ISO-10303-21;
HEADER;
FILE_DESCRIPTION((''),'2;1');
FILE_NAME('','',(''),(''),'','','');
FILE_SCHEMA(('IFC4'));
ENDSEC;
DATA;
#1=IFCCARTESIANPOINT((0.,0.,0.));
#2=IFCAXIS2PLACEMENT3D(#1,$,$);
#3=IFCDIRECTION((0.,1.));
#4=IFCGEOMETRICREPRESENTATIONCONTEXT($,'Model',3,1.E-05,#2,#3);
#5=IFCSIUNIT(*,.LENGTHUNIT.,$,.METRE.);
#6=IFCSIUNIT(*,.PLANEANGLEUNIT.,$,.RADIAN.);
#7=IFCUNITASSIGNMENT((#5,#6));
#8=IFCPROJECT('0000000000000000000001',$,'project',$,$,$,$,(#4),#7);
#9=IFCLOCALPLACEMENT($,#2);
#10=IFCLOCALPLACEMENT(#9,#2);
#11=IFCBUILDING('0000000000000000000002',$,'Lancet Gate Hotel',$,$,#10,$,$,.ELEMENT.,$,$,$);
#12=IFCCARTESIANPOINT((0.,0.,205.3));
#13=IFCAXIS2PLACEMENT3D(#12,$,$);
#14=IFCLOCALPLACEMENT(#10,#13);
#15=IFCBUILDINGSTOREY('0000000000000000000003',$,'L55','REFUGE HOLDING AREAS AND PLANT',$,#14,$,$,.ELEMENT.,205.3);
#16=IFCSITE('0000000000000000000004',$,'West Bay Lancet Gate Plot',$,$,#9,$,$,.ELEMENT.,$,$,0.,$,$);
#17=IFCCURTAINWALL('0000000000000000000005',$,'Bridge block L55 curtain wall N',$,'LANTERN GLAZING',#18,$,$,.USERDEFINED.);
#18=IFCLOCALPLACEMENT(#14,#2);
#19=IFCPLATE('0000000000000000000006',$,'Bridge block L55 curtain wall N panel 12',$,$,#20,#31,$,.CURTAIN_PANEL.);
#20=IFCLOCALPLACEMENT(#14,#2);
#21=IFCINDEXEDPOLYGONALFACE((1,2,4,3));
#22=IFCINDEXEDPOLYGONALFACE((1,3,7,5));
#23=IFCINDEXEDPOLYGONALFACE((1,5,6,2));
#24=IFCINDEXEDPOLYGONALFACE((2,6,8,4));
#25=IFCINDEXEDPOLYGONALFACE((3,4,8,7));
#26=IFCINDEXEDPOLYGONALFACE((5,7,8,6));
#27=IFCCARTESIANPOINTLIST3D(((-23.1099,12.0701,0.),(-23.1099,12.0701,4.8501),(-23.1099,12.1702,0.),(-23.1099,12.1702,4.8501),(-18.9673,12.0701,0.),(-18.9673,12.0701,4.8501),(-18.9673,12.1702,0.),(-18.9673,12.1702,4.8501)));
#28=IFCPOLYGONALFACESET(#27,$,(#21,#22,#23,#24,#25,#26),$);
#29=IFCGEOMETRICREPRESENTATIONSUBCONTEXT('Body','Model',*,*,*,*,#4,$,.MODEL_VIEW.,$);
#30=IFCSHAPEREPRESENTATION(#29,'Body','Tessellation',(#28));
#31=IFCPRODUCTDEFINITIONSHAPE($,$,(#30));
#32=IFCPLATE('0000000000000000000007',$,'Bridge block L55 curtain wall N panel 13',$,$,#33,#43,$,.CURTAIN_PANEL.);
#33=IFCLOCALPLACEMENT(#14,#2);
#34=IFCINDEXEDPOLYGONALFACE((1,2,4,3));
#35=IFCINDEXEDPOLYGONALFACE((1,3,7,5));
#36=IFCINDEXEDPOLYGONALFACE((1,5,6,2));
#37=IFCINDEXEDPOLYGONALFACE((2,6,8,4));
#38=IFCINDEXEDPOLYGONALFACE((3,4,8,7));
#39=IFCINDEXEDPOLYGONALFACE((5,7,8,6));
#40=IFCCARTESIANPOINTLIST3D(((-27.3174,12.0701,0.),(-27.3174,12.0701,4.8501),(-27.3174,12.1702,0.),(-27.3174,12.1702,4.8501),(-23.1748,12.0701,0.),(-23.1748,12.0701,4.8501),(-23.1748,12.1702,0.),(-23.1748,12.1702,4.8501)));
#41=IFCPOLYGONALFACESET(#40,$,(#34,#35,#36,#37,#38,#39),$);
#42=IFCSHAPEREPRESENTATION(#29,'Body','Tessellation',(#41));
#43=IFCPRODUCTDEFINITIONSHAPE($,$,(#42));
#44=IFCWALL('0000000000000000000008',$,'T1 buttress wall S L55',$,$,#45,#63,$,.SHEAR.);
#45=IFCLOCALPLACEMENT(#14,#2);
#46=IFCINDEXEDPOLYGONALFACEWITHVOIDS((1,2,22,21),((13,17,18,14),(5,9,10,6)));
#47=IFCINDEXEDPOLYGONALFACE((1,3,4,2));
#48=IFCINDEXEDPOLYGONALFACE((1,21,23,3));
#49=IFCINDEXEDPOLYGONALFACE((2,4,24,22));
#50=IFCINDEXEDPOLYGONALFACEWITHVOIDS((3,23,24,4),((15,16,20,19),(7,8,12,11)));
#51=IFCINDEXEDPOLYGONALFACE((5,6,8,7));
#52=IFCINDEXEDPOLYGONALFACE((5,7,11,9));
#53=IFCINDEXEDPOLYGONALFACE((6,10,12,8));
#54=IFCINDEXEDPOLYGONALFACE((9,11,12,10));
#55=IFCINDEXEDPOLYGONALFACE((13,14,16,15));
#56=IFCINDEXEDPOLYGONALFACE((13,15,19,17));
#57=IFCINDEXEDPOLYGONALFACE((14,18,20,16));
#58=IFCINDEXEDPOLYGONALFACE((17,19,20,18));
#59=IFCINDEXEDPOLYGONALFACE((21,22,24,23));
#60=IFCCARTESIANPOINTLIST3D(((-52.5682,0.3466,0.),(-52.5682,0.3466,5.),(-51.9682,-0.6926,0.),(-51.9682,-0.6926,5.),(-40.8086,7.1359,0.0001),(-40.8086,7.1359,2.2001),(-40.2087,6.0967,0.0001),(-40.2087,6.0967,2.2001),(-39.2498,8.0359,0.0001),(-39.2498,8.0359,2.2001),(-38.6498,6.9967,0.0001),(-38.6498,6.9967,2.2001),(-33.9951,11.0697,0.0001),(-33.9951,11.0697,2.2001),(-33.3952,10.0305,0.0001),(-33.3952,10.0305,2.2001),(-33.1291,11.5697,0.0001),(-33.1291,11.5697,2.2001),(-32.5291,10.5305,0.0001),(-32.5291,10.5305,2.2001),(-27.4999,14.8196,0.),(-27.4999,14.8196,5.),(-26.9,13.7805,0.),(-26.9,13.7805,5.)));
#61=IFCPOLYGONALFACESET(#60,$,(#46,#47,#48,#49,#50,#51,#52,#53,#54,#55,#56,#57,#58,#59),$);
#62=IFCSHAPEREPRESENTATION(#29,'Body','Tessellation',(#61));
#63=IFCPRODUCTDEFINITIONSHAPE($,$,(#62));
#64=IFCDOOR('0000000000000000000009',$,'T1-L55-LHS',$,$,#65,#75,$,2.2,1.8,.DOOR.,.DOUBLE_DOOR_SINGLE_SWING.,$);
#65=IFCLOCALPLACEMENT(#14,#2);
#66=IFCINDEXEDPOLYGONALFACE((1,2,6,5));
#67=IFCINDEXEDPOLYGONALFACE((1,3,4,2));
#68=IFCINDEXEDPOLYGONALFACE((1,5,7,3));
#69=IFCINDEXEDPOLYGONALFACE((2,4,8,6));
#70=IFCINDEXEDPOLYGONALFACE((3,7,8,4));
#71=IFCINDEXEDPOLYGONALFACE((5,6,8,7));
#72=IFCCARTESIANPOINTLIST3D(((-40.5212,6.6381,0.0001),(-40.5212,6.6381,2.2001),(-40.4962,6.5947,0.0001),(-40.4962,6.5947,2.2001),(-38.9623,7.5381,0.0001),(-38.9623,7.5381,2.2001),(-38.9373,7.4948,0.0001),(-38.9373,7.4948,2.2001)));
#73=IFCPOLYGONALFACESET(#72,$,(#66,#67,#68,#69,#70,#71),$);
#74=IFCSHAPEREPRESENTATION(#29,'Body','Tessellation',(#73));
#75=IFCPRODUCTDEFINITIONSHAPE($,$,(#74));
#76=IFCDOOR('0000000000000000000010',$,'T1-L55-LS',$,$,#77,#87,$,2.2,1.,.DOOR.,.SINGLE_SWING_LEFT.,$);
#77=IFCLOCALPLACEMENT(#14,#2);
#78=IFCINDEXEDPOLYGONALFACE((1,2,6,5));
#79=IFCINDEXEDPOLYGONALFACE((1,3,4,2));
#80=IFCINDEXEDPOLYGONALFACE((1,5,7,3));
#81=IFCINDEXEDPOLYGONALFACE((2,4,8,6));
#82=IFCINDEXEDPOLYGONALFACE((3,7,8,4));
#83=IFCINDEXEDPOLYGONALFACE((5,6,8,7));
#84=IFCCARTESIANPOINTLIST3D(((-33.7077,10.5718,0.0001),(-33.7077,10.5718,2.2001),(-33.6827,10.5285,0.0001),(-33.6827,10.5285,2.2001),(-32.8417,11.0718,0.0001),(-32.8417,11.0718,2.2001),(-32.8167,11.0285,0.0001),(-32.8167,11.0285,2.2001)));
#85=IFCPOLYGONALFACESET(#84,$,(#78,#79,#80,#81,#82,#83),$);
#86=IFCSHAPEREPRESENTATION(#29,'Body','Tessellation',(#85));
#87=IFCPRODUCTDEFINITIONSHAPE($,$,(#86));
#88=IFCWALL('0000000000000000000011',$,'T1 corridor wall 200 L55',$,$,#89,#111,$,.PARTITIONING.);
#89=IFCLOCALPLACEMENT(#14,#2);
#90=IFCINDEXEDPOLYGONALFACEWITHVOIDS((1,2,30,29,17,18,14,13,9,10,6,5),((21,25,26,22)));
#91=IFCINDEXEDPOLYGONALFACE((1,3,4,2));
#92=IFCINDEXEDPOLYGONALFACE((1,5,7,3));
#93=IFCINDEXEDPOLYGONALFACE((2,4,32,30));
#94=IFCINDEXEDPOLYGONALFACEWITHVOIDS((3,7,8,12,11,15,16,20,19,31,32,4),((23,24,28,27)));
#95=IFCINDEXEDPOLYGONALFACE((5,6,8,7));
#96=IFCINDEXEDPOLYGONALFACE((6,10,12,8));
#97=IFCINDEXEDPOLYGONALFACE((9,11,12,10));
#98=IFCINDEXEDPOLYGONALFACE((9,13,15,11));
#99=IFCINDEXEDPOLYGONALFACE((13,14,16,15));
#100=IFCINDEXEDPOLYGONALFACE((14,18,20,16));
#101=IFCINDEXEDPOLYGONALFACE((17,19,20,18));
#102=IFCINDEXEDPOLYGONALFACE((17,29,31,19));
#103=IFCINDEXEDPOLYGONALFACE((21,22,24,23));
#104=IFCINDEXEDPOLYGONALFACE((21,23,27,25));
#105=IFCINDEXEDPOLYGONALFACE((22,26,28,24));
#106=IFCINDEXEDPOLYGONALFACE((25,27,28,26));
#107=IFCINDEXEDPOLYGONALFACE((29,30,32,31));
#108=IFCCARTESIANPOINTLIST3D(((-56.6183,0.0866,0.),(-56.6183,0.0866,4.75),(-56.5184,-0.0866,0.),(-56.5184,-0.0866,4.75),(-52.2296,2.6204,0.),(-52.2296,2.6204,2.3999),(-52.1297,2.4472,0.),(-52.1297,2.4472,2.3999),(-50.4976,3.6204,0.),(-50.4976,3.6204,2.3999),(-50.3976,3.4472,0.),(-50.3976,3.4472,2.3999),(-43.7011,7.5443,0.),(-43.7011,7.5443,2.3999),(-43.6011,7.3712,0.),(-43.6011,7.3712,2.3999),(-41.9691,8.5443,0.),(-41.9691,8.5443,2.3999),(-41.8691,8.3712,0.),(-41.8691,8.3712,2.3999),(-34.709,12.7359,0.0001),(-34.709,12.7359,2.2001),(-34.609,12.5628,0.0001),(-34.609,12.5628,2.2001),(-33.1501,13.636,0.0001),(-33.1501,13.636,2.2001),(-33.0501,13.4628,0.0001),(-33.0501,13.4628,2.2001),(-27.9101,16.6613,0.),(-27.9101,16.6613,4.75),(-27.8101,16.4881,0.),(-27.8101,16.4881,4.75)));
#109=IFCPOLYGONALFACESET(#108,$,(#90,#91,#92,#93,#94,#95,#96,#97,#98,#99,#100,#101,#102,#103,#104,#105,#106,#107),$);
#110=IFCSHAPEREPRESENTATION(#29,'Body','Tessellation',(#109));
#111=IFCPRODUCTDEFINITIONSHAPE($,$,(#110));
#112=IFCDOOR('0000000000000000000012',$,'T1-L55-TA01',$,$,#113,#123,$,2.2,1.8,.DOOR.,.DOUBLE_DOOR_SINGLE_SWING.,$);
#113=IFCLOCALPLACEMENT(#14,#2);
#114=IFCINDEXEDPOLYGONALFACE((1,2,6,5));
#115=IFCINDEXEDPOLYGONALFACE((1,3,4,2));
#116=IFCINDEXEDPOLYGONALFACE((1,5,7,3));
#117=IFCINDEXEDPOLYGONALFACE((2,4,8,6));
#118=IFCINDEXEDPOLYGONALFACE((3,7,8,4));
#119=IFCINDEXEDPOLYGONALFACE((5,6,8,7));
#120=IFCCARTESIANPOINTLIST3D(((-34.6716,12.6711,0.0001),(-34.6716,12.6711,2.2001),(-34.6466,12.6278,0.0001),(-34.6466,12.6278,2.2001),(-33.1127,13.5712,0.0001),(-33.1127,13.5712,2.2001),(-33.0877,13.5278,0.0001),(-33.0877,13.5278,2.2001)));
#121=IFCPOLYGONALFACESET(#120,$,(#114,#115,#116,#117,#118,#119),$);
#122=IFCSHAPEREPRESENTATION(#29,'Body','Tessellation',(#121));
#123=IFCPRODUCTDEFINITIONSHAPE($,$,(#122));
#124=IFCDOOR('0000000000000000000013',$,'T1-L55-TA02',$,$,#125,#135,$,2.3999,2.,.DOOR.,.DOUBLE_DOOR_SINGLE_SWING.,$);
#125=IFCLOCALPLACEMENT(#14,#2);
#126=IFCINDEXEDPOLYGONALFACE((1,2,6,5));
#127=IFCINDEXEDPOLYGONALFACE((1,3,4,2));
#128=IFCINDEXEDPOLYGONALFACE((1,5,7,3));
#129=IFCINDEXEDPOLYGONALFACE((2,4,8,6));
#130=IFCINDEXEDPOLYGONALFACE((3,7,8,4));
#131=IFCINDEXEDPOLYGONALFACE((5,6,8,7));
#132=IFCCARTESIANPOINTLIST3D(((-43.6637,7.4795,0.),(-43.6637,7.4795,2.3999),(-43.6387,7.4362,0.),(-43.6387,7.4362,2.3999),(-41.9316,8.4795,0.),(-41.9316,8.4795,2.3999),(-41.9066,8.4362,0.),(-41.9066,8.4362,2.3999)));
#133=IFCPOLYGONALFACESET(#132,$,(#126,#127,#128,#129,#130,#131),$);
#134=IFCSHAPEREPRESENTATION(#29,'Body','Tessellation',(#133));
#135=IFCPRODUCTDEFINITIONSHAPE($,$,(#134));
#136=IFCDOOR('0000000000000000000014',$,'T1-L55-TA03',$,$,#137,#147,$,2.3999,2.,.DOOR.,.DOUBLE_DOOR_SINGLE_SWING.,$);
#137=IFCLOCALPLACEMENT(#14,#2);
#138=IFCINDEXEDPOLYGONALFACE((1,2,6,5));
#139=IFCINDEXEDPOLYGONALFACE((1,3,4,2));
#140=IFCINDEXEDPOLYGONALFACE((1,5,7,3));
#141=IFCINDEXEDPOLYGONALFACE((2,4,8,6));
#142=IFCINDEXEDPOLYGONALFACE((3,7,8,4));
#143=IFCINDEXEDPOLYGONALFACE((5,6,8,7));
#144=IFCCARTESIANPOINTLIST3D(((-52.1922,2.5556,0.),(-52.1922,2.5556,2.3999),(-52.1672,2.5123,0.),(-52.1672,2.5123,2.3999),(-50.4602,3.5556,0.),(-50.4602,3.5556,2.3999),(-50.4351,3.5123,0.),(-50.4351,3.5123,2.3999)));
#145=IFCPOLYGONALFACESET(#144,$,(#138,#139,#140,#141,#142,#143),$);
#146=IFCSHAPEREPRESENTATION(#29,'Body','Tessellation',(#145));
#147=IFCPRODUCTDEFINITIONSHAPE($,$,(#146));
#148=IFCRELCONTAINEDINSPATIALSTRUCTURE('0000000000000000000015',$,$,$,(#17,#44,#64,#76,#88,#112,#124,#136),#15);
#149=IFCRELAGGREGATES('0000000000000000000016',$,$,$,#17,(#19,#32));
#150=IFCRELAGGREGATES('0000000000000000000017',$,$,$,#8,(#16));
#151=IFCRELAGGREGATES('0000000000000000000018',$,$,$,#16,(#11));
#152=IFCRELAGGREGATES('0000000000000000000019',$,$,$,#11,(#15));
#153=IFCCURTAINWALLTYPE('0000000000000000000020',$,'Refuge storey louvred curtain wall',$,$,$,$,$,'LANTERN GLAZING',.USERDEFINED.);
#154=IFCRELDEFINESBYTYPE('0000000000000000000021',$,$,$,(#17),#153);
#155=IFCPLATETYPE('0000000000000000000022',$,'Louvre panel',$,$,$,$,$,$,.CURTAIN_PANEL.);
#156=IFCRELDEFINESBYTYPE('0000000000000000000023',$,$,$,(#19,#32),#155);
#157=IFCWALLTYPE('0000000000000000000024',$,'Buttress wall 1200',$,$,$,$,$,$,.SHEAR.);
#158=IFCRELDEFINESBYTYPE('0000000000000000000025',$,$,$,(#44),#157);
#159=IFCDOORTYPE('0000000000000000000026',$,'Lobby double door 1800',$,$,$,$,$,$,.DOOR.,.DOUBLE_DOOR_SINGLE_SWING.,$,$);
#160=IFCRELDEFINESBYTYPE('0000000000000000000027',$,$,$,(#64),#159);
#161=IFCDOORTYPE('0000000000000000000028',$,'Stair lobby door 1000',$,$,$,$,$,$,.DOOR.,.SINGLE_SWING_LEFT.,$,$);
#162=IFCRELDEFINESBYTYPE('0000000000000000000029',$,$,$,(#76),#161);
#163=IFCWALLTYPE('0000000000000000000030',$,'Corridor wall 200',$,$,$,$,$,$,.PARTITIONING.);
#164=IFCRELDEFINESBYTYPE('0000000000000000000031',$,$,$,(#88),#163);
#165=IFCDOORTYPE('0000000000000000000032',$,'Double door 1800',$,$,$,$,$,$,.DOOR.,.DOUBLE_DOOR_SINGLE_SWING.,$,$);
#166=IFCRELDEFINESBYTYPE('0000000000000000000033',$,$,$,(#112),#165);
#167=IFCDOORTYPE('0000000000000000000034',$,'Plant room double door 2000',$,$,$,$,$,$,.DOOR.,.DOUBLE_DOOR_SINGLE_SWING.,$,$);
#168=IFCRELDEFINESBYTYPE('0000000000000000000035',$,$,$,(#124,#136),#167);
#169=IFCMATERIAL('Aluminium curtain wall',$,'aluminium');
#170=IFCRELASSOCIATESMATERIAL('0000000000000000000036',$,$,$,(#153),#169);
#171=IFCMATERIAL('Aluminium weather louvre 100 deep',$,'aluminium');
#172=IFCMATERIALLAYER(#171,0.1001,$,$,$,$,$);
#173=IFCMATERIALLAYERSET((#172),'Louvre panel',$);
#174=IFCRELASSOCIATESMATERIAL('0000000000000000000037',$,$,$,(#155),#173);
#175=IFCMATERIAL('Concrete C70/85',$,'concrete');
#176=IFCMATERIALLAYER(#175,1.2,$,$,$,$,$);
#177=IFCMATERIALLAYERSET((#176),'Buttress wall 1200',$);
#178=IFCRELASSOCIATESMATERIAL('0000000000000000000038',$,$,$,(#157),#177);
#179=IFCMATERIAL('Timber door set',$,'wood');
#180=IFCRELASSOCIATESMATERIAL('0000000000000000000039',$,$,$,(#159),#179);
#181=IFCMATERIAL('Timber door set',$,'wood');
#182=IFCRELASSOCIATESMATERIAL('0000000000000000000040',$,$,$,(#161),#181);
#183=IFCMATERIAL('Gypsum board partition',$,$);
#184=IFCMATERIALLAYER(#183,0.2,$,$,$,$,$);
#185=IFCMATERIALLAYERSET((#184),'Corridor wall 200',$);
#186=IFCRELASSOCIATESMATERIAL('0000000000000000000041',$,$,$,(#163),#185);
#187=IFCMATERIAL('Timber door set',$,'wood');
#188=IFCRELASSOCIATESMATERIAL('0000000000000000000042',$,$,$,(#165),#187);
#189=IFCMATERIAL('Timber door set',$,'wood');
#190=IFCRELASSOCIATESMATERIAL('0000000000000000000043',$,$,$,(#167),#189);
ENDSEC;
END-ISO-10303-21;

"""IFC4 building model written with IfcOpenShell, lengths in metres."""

from ifc_helpers import new_model, si_unit, direction, frame, frame_2d, origin, origin_2d, place, context, subcontext, project, spatial, rectangle, extrude, material, layer, layer_set, type_object, element, fill, aggregate, save


model = new_model("IFC4")

# Units and contexts
model_context = context("Model", 3, precision=1e-05, world=origin(), true_north=direction((0.0, 1.0)))
body_context = subcontext(model_context, "Body", "Model", "MODEL_VIEW")
ifc_project = project(units=[si_unit("LENGTHUNIT", "METRE"), si_unit("PLANEANGLEUNIT", "RADIAN")], contexts=[model_context])

# Site, building, storey
site_placement = place(None, origin())
site = spatial("IfcSite", under=ifc_project, at=site_placement, Name="West Bay Lancet Gate Plot", CompositionType="ELEMENT", RefElevation=0.0)
building_placement = place(site_placement, origin())
building = spatial("IfcBuilding", under=site, at=building_placement, Name="Lancet Gate Hotel", CompositionType="ELEMENT")
storey_placement = place(building_placement, frame((0.0, 0.0, 205.3)))
storey = spatial("IfcBuildingStorey", under=building, at=storey_placement, Name="L55", Description="REFUGE HOLDING AREAS AND PLANT", CompositionType="ELEMENT", Elevation=205.3)

# Curtain wall
ifc_material_1 = material(Name="Aluminium curtain wall", Category="aluminium")
curtain_wall_type = type_object("IfcCurtainWallType", Name="Refuge storey louvred curtain wall", ElementType="LANTERN GLAZING", PredefinedType="USERDEFINED", material=ifc_material_1)
curtain_wall_1_placement = place(storey_placement, origin())
curtain_wall_1 = element("IfcCurtainWall", 1, at=curtain_wall_1_placement, inside=storey, type_object=curtain_wall_type, Name="Bridge block L55 curtain wall N", ObjectType="LANTERN GLAZING", PredefinedType="USERDEFINED")

# Plates
ifc_material_2 = material(Name="Aluminium weather louvre 100 deep", Category="aluminium")
ifc_layer_1 = layer(ifc_material_2, 0.1001)
ifc_layer_set_1 = layer_set([ifc_layer_1], Name="Louvre panel")
plate_type = type_object("IfcPlateType", Name="Louvre panel", PredefinedType="CURTAIN_PANEL", material=ifc_layer_set_1)
plate_1_placement = place(storey_placement, frame((-21.0386, 12.1201, 0.0), z_axis=(0.0, 0.0, 1.0), x_axis=(-1.0, 0.0, 0.0)))
plate_1 = element("IfcPlate", 2, at=plate_1_placement, type_object=plate_type, Name="Bridge block L55 curtain wall N panel 12", PredefinedType="CURTAIN_PANEL", context=body_context, shape_type="SweptSolid", body=[
    extrude(rectangle(XDim=4.1426, YDim=0.1001, at=origin_2d()), origin(), (0.0, 0.0, 1.0), 4.8501),
])
plate_2_placement = place(storey_placement, frame((-25.2461, 12.1201, 0.0), z_axis=(0.0, 0.0, 1.0), x_axis=(-1.0, 0.0, 0.0)))
plate_2 = element("IfcPlate", 3, at=plate_2_placement, type_object=plate_type, Name="Bridge block L55 curtain wall N panel 13", PredefinedType="CURTAIN_PANEL", context=body_context, shape_type="SweptSolid", body=[
    extrude(rectangle(XDim=4.1426, YDim=0.1001, at=origin_2d()), origin(), (0.0, 0.0, 1.0), 4.8501),
])
aggregate(curtain_wall_1, [plate_1, plate_2])

# Walls, openings, doors
ifc_material_3 = material(Name="Concrete C70/85", Category="concrete")
ifc_layer_2 = layer(ifc_material_3, 1.2)
ifc_layer_set_2 = layer_set([ifc_layer_2], Name="Buttress wall 1200")
wall_type_1 = type_object("IfcWallType", Name="Buttress wall 1200", PredefinedType="SHEAR", material=ifc_layer_set_2)
wall_1_placement = place(storey_placement, frame((-27.2, 14.3, 0.0), z_axis=(0.0, 0.0, 1.0), x_axis=(-0.866027, -0.499998, 0.0)))
wall_1 = element("IfcWall", 4, at=wall_1_placement, inside=storey, type_object=wall_type_1, Name="T1 buttress wall S L55", PredefinedType="SHEAR", context=body_context, shape_type="SweptSolid", body=[
    extrude(rectangle(XDim=28.9463, YDim=1.2, at=frame_2d((14.4731, 0.0))), origin(), (0.0, 0.0, 1.0), 5.0),
])
opening_1_placement = place(wall_1_placement, frame((6.5, 0.0, 0.0)))
opening_1 = element("IfcOpeningElement", 5, at=opening_1_placement, cuts=wall_1, PredefinedType="OPENING", context=body_context, shape_type="SweptSolid", body=[
    extrude(rectangle(XDim=1.0, YDim=2.2, at=frame_2d((0.5, 1.1001))), frame((0.0, 0.6099, 0.0), z_axis=(0.0, -1.0, 0.0), x_axis=(1.0, 0.0, 0.0)), (0.0, 0.0, 1.0), 1.22),
])
opening_2_placement = place(wall_1_placement, frame((13.5676, 0.0, 0.0)))
opening_2 = element("IfcOpeningElement", 6, at=opening_2_placement, cuts=wall_1, PredefinedType="OPENING", context=body_context, shape_type="SweptSolid", body=[
    extrude(rectangle(XDim=1.8, YDim=2.2, at=frame_2d((0.8999, 1.1001))), frame((0.0, 0.6099, 0.0), z_axis=(0.0, -1.0, 0.0), x_axis=(1.0, 0.0, 0.0)), (0.0, 0.0, 1.0), 1.22),
])
ifc_material_4 = material(Name="Timber door set", Category="wood")
door_type_1 = type_object("IfcDoorType", Name="Lobby double door 1800", OperationType="DOUBLE_DOOR_SINGLE_SWING", PredefinedType="DOOR", material=ifc_material_4)
door_1_placement = place(opening_2_placement, origin())
door_1 = element("IfcDoor", 7, at=door_1_placement, inside=storey, type_object=door_type_1, Name="T1-L55-LHS", OperationType="DOUBLE_DOOR_SINGLE_SWING", OverallHeight=2.2, OverallWidth=1.8, PredefinedType="DOOR", context=body_context, shape_type="SweptSolid", body=[
    extrude(rectangle(XDim=1.8, YDim=2.2, at=frame_2d((0.8999, 1.1001))), frame((0.0, 0.0249, 0.0), z_axis=(0.0, -1.0, 0.0), x_axis=(1.0, 0.0, 0.0)), (0.0, 0.0, 1.0), 0.05),
])
fill(opening_2, door_1)
ifc_material_5 = material(Name="Timber door set", Category="wood")
door_type_2 = type_object("IfcDoorType", Name="Stair lobby door 1000", OperationType="SINGLE_SWING_LEFT", PredefinedType="DOOR", material=ifc_material_5)
door_2_placement = place(opening_1_placement, origin())
door_2 = element("IfcDoor", 8, at=door_2_placement, inside=storey, type_object=door_type_2, Name="T1-L55-LS", OperationType="SINGLE_SWING_LEFT", OverallHeight=2.2, OverallWidth=1.0, PredefinedType="DOOR", context=body_context, shape_type="SweptSolid", body=[
    extrude(rectangle(XDim=1.0, YDim=2.2, at=frame_2d((0.5, 1.1001))), frame((0.0, 0.0249, 0.0), z_axis=(0.0, -1.0, 0.0), x_axis=(1.0, 0.0, 0.0)), (0.0, 0.0, 1.0), 0.05),
])
fill(opening_1, door_2)
ifc_material_6 = material(Name="Gypsum board partition")
ifc_layer_3 = layer(ifc_material_6, 0.2)
ifc_layer_set_3 = layer_set([ifc_layer_3], Name="Corridor wall 200")
wall_type_2 = type_object("IfcWallType", Name="Corridor wall 200", PredefinedType="PARTITIONING", material=ifc_layer_set_3)
wall_2_placement = place(storey_placement, frame((-27.8601, 16.5747, 0.0), z_axis=(0.0, 0.0, 1.0), x_axis=(-0.866026, -0.5, 0.0)))
wall_2 = element("IfcWall", 9, at=wall_2_placement, inside=storey, type_object=wall_type_2, Name="T1 corridor wall 200 L55", PredefinedType="PARTITIONING", context=body_context, shape_type="SweptSolid", body=[
    extrude(rectangle(XDim=33.1494, YDim=0.2, at=frame_2d((16.5747, 0.0))), origin(), (0.0, 0.0, 1.0), 4.75),
])
opening_3_placement = place(wall_2_placement, frame((6.0508, 0.0, 0.0)))
opening_3 = element("IfcOpeningElement", 10, at=opening_3_placement, cuts=wall_2, PredefinedType="OPENING", context=body_context, shape_type="SweptSolid", body=[
    extrude(rectangle(XDim=1.8, YDim=2.2, at=frame_2d((0.8999, 1.1001))), frame((0.0, 0.1099, 0.0), z_axis=(0.0, -1.0, 0.0), x_axis=(1.0, 0.0, 0.0)), (0.0, 0.0, 1.0), 0.22),
])
opening_4_placement = place(wall_2_placement, frame((16.2339, 0.0, 0.0)))
opening_4 = element("IfcOpeningElement", 11, at=opening_4_placement, cuts=wall_2, PredefinedType="OPENING", context=body_context, shape_type="SweptSolid", body=[
    extrude(rectangle(XDim=2.0, YDim=2.3999, at=frame_2d((1.0, 1.2))), frame((0.0, 0.1099, 0.0), z_axis=(0.0, -1.0, 0.0), x_axis=(1.0, 0.0, 0.0)), (0.0, 0.0, 1.0), 0.22),
])
opening_5_placement = place(wall_2_placement, frame((26.0818, 0.0, 0.0)))
opening_5 = element("IfcOpeningElement", 12, at=opening_5_placement, cuts=wall_2, PredefinedType="OPENING", context=body_context, shape_type="SweptSolid", body=[
    extrude(rectangle(XDim=2.0, YDim=2.3999, at=frame_2d((1.0, 1.2))), frame((0.0, 0.1099, 0.0), z_axis=(0.0, -1.0, 0.0), x_axis=(1.0, 0.0, 0.0)), (0.0, 0.0, 1.0), 0.22),
])
ifc_material_7 = material(Name="Timber door set", Category="wood")
door_type_3 = type_object("IfcDoorType", Name="Double door 1800", OperationType="DOUBLE_DOOR_SINGLE_SWING", PredefinedType="DOOR", material=ifc_material_7)
door_3_placement = place(opening_3_placement, origin())
door_3 = element("IfcDoor", 13, at=door_3_placement, inside=storey, type_object=door_type_3, Name="T1-L55-TA01", OperationType="DOUBLE_DOOR_SINGLE_SWING", OverallHeight=2.2, OverallWidth=1.8, PredefinedType="DOOR", context=body_context, shape_type="SweptSolid", body=[
    extrude(rectangle(XDim=1.8, YDim=2.2, at=frame_2d((0.8999, 1.1001))), frame((0.0, 0.0249, 0.0), z_axis=(0.0, -1.0, 0.0), x_axis=(1.0, 0.0, 0.0)), (0.0, 0.0, 1.0), 0.05),
])
fill(opening_3, door_3)
ifc_material_8 = material(Name="Timber door set", Category="wood")
door_type_4 = type_object("IfcDoorType", Name="Plant room double door 2000", OperationType="DOUBLE_DOOR_SINGLE_SWING", PredefinedType="DOOR", material=ifc_material_8)
door_4_placement = place(opening_4_placement, origin())
door_4 = element("IfcDoor", 14, at=door_4_placement, inside=storey, type_object=door_type_4, Name="T1-L55-TA02", OperationType="DOUBLE_DOOR_SINGLE_SWING", OverallHeight=2.3999, OverallWidth=2.0, PredefinedType="DOOR", context=body_context, shape_type="SweptSolid", body=[
    extrude(rectangle(XDim=2.0, YDim=2.3999, at=frame_2d((1.0, 1.2))), frame((0.0, 0.0249, 0.0), z_axis=(0.0, -1.0, 0.0), x_axis=(1.0, 0.0, 0.0)), (0.0, 0.0, 1.0), 0.05),
])
fill(opening_4, door_4)
door_5_placement = place(opening_5_placement, origin())
door_5 = element("IfcDoor", 15, at=door_5_placement, inside=storey, type_object=door_type_4, Name="T1-L55-TA03", OperationType="DOUBLE_DOOR_SINGLE_SWING", OverallHeight=2.3999, OverallWidth=2.0, PredefinedType="DOOR", context=body_context, shape_type="SweptSolid", body=[
    extrude(rectangle(XDim=2.0, YDim=2.3999, at=frame_2d((1.0, 1.2))), frame((0.0, 0.0249, 0.0), z_axis=(0.0, -1.0, 0.0), x_axis=(1.0, 0.0, 0.0)), (0.0, 0.0, 1.0), 0.05),
])
fill(opening_5, door_5)

save(model, "model.ifc")
